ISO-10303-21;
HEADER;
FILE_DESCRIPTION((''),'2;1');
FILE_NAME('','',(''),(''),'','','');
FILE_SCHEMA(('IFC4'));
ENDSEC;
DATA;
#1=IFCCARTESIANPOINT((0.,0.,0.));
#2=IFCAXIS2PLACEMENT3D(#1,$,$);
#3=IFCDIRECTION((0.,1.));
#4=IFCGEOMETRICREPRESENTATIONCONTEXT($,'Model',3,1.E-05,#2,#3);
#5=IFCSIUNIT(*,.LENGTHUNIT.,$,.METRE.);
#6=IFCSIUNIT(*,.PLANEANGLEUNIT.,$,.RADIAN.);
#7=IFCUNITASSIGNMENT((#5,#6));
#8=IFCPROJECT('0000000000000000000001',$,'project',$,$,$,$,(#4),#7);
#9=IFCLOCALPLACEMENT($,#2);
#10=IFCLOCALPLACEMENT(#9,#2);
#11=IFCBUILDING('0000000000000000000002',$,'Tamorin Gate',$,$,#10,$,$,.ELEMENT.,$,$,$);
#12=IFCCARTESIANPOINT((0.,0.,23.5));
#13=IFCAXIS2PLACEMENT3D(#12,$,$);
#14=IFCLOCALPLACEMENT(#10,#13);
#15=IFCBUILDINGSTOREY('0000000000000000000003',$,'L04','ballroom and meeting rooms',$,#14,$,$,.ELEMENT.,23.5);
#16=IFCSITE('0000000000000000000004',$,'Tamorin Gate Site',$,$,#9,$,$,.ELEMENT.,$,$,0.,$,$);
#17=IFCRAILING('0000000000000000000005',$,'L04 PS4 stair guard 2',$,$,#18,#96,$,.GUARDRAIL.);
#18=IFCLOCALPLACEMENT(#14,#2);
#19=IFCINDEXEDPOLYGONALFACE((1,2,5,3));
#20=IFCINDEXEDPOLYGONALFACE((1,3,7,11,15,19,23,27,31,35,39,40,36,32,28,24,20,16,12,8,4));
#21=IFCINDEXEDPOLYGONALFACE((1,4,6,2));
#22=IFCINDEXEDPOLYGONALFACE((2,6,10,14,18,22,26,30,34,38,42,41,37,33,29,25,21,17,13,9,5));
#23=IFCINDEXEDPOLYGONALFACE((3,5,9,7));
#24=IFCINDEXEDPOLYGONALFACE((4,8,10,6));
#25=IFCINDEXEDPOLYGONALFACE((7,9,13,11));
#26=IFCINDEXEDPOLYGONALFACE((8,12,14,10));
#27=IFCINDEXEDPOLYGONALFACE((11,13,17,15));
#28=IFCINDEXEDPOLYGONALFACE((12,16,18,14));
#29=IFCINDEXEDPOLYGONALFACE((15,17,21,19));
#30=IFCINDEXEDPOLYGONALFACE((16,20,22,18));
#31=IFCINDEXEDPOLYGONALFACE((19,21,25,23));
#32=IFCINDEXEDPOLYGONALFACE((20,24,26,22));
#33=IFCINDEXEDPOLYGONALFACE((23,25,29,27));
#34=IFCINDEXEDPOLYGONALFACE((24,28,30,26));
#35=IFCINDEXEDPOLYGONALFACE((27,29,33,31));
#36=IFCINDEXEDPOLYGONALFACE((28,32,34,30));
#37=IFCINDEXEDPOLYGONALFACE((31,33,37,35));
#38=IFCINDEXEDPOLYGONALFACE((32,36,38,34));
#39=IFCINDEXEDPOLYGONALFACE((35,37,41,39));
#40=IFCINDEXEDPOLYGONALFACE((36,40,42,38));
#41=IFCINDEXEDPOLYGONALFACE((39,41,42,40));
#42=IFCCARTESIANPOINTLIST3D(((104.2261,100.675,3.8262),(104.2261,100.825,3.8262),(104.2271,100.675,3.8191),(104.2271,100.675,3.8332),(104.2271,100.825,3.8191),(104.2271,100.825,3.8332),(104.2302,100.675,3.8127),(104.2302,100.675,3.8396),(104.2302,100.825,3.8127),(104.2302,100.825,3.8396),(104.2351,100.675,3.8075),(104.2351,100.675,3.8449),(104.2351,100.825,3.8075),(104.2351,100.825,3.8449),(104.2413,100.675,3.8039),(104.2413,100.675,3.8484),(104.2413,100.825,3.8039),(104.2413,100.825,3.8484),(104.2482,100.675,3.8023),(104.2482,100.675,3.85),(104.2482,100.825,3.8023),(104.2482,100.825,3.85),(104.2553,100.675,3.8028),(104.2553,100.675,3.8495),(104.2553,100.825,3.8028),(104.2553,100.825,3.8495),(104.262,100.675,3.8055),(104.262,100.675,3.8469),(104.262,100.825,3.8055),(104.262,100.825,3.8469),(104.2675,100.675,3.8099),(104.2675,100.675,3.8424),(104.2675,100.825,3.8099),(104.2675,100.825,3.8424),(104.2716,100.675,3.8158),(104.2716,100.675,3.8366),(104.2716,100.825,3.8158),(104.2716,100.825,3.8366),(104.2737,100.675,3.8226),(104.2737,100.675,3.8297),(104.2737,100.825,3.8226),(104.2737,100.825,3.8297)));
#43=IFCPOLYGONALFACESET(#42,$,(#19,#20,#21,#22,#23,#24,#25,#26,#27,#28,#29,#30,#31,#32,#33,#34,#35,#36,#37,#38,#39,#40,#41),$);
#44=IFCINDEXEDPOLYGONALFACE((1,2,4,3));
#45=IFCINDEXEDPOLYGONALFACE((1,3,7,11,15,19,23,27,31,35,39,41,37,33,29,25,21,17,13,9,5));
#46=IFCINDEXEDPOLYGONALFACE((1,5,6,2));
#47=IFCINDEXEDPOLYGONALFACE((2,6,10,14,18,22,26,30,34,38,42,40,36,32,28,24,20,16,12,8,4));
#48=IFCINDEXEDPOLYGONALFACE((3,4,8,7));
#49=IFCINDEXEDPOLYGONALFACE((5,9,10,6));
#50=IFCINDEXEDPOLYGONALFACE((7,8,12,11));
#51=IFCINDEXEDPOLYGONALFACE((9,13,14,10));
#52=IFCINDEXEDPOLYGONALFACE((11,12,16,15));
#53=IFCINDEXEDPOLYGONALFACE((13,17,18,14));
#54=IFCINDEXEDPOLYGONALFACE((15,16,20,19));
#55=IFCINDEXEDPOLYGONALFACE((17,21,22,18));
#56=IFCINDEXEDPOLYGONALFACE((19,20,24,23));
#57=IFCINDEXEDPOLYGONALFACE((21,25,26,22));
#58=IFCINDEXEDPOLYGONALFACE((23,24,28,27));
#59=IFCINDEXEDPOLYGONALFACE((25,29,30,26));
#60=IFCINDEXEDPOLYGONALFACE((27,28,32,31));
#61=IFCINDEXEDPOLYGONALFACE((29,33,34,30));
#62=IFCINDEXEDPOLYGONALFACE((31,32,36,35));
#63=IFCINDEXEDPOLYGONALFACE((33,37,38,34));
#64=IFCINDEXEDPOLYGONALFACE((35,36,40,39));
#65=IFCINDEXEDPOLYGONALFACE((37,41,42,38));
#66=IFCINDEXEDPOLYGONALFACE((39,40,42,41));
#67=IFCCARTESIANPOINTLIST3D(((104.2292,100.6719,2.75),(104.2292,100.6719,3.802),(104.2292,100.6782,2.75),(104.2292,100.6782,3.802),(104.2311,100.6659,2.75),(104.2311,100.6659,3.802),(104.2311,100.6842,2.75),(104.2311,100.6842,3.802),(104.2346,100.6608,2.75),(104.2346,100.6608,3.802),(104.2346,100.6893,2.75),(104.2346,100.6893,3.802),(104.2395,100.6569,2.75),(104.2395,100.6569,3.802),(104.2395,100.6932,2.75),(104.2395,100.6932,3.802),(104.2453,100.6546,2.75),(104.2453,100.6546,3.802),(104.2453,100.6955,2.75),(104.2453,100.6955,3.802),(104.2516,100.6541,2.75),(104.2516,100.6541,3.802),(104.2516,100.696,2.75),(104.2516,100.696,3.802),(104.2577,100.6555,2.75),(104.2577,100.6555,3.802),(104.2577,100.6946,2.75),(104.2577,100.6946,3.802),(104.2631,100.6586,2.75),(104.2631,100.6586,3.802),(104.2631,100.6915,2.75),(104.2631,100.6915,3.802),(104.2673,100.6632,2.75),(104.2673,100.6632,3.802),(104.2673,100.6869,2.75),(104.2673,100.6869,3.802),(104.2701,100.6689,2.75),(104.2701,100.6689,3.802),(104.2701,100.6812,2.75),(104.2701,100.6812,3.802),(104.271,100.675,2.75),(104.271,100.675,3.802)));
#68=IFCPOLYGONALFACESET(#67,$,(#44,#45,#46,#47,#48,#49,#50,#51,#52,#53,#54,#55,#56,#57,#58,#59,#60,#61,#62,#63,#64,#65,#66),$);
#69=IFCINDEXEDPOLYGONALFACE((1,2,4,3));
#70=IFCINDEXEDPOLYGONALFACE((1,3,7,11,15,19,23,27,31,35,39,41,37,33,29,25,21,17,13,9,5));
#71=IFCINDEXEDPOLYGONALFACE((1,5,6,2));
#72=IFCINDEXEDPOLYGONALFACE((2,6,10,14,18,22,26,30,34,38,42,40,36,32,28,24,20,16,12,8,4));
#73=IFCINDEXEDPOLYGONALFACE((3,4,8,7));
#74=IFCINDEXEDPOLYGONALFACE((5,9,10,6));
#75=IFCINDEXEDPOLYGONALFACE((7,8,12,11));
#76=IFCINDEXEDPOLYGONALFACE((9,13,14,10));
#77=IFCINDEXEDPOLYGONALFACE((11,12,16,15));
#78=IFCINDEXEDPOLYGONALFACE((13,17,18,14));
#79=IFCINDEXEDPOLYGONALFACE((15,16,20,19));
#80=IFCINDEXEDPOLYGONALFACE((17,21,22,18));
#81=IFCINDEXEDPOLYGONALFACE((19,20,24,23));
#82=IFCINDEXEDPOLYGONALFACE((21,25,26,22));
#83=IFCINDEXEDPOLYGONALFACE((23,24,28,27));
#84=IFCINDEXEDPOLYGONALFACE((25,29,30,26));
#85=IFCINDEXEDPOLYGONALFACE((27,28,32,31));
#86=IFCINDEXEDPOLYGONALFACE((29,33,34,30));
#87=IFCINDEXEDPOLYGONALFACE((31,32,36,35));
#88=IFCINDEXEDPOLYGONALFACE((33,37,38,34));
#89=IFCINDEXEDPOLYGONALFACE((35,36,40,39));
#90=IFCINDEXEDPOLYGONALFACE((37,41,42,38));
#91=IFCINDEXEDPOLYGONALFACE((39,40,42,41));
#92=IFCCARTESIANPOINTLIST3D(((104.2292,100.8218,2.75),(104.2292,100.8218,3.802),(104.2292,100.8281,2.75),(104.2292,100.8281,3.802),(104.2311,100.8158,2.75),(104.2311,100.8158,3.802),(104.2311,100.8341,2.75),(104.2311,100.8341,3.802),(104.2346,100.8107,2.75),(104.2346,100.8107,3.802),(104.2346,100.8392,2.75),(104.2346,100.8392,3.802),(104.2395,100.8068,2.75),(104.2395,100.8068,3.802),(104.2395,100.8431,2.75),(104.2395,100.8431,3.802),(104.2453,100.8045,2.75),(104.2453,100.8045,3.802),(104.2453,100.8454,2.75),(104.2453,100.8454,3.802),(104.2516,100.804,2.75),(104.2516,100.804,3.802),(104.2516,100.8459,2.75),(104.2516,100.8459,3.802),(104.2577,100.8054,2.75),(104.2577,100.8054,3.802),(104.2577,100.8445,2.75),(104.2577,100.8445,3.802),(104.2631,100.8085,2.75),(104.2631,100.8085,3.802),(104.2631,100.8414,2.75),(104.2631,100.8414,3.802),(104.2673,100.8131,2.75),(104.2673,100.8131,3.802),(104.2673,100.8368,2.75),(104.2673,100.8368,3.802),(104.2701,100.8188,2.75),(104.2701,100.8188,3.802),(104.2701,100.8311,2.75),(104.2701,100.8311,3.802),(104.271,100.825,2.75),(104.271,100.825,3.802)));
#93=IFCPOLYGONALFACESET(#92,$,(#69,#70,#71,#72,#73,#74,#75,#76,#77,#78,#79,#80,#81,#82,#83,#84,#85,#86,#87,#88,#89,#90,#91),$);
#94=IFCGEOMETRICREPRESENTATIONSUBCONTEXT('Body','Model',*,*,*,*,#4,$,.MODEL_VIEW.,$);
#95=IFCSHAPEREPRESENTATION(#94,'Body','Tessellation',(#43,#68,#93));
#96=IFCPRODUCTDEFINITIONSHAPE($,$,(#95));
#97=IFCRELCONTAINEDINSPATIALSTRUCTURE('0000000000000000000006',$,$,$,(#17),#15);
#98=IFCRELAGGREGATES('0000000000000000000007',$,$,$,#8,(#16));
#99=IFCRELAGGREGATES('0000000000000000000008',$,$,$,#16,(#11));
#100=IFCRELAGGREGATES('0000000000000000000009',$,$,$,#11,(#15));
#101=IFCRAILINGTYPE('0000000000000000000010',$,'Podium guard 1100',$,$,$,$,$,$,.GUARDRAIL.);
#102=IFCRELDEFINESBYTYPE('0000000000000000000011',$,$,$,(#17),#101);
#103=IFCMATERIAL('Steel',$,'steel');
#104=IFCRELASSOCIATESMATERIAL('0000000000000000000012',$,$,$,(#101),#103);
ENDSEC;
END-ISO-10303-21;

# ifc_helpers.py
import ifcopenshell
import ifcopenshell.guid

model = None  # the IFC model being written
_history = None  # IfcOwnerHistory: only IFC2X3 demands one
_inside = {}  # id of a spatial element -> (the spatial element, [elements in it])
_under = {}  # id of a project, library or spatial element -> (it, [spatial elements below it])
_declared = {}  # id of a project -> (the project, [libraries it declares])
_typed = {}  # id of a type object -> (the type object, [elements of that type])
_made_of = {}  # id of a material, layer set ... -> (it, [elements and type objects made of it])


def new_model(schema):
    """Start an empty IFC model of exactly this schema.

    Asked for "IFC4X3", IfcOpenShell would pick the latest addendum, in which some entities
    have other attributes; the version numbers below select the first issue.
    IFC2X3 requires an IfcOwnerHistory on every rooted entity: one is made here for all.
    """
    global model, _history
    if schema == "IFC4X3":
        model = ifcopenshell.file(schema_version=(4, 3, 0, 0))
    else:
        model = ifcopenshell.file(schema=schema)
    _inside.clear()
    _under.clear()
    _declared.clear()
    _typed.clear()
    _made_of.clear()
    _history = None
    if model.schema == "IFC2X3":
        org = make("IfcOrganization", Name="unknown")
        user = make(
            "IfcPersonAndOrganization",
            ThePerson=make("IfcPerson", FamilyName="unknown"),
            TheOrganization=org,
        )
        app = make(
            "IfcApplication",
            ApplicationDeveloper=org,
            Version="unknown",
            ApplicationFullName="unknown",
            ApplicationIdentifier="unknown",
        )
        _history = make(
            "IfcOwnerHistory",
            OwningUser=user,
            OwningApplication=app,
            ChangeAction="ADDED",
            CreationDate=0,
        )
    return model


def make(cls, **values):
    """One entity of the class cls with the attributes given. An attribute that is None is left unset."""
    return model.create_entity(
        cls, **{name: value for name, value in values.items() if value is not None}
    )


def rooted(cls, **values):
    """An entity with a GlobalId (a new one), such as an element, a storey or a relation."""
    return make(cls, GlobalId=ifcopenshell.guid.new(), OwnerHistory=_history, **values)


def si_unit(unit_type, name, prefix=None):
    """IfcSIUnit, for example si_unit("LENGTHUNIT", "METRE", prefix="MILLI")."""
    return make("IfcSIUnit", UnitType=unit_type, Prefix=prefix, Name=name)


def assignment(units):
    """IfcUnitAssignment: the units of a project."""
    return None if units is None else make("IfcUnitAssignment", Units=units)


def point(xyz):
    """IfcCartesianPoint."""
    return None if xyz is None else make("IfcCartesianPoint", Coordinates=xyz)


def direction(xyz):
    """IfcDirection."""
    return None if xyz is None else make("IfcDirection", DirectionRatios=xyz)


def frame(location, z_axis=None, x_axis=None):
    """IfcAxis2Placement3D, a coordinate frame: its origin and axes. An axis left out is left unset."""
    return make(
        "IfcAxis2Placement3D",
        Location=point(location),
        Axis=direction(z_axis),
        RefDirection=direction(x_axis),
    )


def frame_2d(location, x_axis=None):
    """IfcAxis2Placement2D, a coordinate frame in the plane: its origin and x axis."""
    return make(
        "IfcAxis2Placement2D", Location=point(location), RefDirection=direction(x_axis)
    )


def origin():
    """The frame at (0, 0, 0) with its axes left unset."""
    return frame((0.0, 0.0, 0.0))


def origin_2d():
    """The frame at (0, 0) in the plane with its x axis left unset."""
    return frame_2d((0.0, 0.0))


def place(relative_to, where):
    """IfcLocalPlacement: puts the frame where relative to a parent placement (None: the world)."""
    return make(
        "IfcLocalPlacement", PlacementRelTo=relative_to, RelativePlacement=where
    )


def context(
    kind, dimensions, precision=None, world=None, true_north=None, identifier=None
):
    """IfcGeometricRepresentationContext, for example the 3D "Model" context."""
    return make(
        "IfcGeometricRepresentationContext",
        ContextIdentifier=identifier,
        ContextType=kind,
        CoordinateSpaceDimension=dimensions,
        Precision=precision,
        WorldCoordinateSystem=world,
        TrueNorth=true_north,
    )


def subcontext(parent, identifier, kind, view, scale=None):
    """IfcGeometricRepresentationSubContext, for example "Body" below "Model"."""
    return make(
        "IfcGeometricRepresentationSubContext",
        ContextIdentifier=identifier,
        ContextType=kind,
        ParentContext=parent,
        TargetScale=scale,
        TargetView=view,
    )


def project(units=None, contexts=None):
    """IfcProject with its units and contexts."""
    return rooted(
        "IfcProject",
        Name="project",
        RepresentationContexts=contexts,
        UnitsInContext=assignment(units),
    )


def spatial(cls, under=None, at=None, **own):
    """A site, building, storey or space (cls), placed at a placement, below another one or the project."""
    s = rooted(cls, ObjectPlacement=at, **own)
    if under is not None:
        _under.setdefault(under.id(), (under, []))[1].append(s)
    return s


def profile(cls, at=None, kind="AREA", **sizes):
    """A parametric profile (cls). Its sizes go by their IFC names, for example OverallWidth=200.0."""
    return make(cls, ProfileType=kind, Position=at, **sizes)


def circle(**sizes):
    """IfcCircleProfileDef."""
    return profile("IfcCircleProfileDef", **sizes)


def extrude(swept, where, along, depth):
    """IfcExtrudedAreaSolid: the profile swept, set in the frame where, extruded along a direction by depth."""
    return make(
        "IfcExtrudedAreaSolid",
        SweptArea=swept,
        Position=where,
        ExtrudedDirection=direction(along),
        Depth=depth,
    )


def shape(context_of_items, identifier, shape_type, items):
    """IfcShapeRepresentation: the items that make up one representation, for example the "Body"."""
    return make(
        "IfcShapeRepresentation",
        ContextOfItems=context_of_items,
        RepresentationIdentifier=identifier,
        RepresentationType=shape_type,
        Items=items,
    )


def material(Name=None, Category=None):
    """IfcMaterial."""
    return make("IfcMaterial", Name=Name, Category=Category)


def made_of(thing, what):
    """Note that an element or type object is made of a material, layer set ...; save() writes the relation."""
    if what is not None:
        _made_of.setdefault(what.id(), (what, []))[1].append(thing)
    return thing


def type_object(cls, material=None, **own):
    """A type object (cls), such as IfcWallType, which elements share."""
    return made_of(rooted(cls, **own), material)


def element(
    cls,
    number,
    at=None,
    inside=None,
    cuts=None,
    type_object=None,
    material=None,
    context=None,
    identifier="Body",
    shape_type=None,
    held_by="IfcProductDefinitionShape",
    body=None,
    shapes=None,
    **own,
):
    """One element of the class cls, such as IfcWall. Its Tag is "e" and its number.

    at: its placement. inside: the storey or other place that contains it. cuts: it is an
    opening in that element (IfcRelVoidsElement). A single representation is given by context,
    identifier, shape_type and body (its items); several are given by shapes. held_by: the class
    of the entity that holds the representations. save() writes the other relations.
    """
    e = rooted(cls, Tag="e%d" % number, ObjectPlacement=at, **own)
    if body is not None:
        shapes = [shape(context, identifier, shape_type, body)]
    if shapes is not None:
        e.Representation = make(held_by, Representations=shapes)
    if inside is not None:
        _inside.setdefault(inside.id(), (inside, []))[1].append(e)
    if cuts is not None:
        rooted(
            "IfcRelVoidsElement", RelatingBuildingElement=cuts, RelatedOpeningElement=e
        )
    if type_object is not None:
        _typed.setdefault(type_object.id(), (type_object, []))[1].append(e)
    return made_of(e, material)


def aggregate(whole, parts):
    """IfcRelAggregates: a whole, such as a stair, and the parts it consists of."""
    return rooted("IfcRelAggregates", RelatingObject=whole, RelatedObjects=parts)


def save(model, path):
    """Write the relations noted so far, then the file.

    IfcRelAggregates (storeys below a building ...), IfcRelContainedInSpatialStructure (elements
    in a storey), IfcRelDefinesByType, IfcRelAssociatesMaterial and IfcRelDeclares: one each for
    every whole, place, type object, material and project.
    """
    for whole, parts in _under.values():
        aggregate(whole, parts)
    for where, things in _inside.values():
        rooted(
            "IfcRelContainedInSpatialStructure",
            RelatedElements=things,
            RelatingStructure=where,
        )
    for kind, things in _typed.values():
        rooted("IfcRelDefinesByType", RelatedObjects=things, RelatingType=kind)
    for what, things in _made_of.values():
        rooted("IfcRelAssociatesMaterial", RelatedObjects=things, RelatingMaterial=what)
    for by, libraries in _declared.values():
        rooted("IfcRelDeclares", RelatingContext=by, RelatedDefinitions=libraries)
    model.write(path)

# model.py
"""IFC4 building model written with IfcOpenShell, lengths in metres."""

from ifc_helpers import new_model, si_unit, direction, frame, origin, origin_2d, place, context, subcontext, project, spatial, circle, extrude, material, type_object, element, save


model = new_model("IFC4")

# Units and contexts
model_context = context("Model", 3, precision=1e-05, world=origin(), true_north=direction((0.0, 1.0)))
body_context = subcontext(model_context, "Body", "Model", "MODEL_VIEW")
ifc_project = project(units=[si_unit("LENGTHUNIT", "METRE"), si_unit("PLANEANGLEUNIT", "RADIAN")], contexts=[model_context])

# Site, building, storey
site_placement = place(None, origin())
site = spatial("IfcSite", under=ifc_project, at=site_placement, Name="Tamorin Gate Site", CompositionType="ELEMENT", RefElevation=0.0)
building_placement = place(site_placement, origin())
building = spatial("IfcBuilding", under=site, at=building_placement, Name="Tamorin Gate", CompositionType="ELEMENT")
storey_placement = place(building_placement, frame((0.0, 0.0, 23.5)))
storey = spatial("IfcBuildingStorey", under=building, at=storey_placement, Name="L04", Description="ballroom and meeting rooms", CompositionType="ELEMENT", Elevation=23.5)

# Railing
ifc_material_1 = material(Name="Steel", Category="steel")
railing_type_1 = type_object("IfcRailingType", Name="Podium guard 1100", PredefinedType="GUARDRAIL", material=ifc_material_1)
railing_1_placement = place(storey_placement, frame((104.25, 100.675, 2.75)))
element("IfcRailing", 1, at=railing_1_placement, inside=storey, type_object=railing_type_1, Name="L04 PS4 stair guard 2", PredefinedType="GUARDRAIL", context=body_context, shape_type="SweptSolid", body=[
    extrude(circle(Radius=0.0239, at=origin_2d()), frame((0.0, 0.0, 1.0762), z_axis=(0.0, 1.0, 0.0), x_axis=(-1.0, 0.0, 0.0)), (0.0, 0.0, 1.0), 0.1499),
    extrude(circle(Radius=0.021, at=origin_2d()), origin(), (0.0, 0.0, 1.0), 1.052),
    extrude(circle(Radius=0.021, at=origin_2d()), frame((0.0, 0.1499, 0.0)), (0.0, 0.0, 1.0), 1.052),
])

save(model, "model.ifc")
